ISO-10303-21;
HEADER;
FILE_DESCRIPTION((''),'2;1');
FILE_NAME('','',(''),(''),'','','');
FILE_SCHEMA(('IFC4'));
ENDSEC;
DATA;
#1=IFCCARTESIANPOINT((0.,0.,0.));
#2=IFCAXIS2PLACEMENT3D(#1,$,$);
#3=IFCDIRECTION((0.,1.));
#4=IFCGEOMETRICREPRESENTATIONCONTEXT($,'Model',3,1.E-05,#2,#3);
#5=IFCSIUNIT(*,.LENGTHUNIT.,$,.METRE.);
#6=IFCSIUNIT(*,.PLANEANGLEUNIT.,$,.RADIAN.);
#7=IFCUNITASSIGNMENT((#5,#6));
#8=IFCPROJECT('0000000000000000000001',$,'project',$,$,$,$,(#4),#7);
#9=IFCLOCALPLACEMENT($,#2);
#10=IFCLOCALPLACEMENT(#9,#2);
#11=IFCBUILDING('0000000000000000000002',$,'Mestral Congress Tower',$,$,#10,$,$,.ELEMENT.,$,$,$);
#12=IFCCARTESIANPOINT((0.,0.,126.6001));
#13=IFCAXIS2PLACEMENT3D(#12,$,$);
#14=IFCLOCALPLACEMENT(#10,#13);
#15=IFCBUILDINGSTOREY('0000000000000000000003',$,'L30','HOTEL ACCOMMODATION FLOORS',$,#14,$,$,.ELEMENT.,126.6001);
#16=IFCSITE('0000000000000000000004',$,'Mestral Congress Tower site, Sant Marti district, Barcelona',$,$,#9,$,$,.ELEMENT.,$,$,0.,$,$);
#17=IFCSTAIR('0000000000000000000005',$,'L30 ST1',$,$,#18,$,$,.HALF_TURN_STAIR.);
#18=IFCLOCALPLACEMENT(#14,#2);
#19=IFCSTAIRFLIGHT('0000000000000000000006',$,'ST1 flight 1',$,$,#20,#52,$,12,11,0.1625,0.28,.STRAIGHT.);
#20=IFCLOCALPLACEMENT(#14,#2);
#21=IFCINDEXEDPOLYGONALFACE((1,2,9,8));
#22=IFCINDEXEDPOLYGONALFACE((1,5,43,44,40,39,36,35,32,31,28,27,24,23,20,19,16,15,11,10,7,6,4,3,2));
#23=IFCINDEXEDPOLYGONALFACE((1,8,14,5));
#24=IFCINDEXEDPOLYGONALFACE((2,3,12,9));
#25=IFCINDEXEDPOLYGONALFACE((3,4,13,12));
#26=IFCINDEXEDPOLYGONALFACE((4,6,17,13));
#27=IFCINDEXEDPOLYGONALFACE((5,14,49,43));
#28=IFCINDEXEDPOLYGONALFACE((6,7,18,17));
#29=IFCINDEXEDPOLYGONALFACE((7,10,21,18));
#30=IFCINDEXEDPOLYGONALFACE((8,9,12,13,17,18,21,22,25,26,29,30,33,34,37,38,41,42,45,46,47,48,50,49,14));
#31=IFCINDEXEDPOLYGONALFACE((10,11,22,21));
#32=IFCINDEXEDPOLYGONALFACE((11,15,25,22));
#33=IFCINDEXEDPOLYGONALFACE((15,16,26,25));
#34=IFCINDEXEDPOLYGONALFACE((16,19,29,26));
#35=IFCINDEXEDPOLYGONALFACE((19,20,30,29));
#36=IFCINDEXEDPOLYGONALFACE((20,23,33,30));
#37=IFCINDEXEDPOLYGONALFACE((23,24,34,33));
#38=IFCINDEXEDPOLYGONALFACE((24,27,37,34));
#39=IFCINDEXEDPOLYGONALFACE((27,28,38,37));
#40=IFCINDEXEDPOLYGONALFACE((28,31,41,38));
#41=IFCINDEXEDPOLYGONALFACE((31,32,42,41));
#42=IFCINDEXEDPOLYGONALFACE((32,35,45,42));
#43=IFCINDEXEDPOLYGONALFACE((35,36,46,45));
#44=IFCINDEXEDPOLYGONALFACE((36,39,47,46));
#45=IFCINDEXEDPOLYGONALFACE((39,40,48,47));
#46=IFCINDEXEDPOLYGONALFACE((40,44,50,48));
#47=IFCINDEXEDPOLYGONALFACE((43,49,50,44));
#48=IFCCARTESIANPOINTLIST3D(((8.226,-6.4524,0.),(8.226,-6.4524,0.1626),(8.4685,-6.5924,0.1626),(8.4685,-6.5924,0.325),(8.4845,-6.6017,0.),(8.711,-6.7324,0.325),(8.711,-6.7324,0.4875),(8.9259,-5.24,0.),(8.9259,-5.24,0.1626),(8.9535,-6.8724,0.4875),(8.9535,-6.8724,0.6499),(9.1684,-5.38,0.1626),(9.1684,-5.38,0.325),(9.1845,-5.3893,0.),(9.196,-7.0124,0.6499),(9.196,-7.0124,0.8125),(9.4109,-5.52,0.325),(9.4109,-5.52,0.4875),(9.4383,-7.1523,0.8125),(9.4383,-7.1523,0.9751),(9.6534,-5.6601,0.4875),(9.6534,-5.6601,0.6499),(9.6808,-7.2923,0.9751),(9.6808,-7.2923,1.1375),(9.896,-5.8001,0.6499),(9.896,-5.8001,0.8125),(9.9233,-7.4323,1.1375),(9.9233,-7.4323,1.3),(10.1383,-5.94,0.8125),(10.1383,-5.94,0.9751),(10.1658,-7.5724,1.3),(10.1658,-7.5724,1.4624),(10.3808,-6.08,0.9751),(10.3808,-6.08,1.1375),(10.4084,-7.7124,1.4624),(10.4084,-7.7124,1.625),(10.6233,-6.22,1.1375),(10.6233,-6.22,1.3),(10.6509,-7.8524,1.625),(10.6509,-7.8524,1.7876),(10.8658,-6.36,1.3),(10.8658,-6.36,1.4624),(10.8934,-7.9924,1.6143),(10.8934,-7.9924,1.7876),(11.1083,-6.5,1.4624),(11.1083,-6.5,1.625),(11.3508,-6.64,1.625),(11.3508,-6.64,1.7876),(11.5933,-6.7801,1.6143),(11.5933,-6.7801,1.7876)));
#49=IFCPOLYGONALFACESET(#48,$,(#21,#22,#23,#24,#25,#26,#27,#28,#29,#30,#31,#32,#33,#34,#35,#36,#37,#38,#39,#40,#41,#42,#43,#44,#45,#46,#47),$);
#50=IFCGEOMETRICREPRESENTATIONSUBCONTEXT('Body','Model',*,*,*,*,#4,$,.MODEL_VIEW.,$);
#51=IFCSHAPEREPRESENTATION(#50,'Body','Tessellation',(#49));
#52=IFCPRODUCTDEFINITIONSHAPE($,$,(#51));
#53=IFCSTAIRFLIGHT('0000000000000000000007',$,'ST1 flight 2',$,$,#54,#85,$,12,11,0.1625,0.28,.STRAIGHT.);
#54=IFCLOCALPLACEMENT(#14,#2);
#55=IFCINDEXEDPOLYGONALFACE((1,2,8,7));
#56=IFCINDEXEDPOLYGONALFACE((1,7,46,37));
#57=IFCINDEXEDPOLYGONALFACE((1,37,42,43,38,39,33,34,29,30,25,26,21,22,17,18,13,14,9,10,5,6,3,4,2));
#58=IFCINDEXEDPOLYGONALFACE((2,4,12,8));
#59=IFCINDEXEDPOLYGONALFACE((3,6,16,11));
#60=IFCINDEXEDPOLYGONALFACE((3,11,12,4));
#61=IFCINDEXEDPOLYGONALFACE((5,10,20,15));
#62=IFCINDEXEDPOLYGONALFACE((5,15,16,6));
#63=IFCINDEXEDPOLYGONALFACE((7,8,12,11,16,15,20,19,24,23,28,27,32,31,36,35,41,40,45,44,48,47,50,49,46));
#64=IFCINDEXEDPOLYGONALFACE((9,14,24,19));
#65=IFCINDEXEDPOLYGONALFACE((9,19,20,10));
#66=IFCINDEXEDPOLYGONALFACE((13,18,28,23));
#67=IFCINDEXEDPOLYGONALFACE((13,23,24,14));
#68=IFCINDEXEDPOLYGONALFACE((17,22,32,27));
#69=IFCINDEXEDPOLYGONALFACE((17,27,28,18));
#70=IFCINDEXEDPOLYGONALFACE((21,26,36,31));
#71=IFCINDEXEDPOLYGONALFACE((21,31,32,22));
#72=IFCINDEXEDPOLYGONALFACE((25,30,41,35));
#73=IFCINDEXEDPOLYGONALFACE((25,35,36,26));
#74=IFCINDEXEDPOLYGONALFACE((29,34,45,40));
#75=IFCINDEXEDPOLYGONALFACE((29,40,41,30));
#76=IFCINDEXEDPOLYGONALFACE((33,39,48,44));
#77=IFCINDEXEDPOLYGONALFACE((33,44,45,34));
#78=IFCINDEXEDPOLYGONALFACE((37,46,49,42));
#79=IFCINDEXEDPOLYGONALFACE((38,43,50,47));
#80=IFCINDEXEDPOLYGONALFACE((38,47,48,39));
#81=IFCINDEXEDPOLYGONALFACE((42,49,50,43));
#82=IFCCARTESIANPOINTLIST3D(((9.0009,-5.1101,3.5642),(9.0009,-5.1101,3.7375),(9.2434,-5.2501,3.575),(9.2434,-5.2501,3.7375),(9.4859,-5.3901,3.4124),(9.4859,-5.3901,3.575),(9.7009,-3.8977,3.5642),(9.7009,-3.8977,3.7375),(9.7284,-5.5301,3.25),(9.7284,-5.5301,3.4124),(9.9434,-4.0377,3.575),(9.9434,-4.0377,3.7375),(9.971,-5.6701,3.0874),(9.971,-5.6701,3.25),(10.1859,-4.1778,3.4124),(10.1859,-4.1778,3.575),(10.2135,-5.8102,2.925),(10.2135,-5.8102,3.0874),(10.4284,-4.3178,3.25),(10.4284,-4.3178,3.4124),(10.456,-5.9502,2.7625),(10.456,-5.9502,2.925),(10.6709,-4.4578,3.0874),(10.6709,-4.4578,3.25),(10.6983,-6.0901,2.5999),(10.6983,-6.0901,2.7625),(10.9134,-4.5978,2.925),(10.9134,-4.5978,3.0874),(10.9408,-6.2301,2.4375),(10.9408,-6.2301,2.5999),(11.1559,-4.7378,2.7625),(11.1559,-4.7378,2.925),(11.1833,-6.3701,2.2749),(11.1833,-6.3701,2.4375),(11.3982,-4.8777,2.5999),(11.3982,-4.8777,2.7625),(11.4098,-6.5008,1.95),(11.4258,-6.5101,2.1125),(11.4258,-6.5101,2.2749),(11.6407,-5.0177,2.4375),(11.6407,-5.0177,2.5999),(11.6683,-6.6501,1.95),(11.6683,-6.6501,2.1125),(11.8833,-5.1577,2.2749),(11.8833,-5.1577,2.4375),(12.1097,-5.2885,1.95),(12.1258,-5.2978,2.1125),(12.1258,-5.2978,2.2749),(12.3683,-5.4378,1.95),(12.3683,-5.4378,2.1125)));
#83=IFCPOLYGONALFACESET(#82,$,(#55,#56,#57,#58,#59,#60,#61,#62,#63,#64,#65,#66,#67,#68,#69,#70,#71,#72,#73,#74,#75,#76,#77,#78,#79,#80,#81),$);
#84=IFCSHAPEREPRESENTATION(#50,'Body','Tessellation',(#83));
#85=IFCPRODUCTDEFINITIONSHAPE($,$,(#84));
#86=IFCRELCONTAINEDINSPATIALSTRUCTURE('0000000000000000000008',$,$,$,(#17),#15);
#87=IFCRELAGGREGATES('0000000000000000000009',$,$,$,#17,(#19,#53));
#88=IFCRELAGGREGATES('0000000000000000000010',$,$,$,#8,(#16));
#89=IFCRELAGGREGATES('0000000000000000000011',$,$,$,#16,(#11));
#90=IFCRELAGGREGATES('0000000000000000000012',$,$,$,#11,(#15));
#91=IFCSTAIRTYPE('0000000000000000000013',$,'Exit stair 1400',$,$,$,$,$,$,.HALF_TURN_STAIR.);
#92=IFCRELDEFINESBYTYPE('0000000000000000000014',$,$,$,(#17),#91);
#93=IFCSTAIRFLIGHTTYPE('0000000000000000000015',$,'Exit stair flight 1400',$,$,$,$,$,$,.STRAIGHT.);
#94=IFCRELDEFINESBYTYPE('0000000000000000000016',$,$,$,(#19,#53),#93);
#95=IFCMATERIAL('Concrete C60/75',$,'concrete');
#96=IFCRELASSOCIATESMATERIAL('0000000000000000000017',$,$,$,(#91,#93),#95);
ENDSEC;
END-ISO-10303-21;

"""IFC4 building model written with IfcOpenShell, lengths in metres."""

from ifc_helpers import new_model, si_unit, direction, frame, origin, place, context, subcontext, project, spatial, polyline, outline, extrude, material, type_object, element, aggregate, save


model = new_model("IFC4")

# Units and contexts
model_context = context("Model", 3, precision=1e-05, world=origin(), true_north=direction((0.0, 1.0)))
body_context = subcontext(model_context, "Body", "Model", "MODEL_VIEW")
ifc_project = project(units=[si_unit("LENGTHUNIT", "METRE"), si_unit("PLANEANGLEUNIT", "RADIAN")], contexts=[model_context])

# Site, building, storey
site_placement = place(None, origin())
site = spatial("IfcSite", under=ifc_project, at=site_placement, Name="Mestral Congress Tower site, Sant Marti district, Barcelona", CompositionType="ELEMENT", RefElevation=0.0)
building_placement = place(site_placement, origin())
building = spatial("IfcBuilding", under=site, at=building_placement, Name="Mestral Congress Tower", CompositionType="ELEMENT")
storey_placement = place(building_placement, frame((0.0, 0.0, 126.6001)))
storey = spatial("IfcBuildingStorey", under=building, at=storey_placement, Name="L30", Description="HOTEL ACCOMMODATION FLOORS", CompositionType="ELEMENT", Elevation=126.6001)

# Shared definitions
ifc_material_1 = material(Name="Concrete C60/75", Category="concrete")

# Stair, stair flights
stair_type = type_object("IfcStairType", Name="Exit stair 1400", PredefinedType="HALF_TURN_STAIR", material=ifc_material_1)
stair_placement = place(storey_placement, origin())
stair = element("IfcStair", 1, at=stair_placement, inside=storey, type_object=stair_type, Name="L30 ST1", PredefinedType="HALF_TURN_STAIR")
stair_flight_type = type_object("IfcStairFlightType", Name="Exit stair flight 1400", PredefinedType="STRAIGHT", material=ifc_material_1)
stair_flight_1_placement = place(storey_placement, frame((8.5759, -5.8462, 0.0), z_axis=(0.0, 0.0, 1.0), x_axis=(0.866025, -0.5, 0.0)))
stair_flight_1 = element("IfcStairFlight", 2, at=stair_flight_1_placement, type_object=stair_flight_type, Name="ST1 flight 1", NumberOfRisers=12, NumberOfTreads=11, PredefinedType="STRAIGHT", RiserHeight=0.1625, TreadLength=0.28, context=body_context, shape_type="SweptSolid", body=[
    extrude(outline(polyline([(0.0, 0.0), (0.0, 0.1626), (0.28, 0.1626), (0.28, 0.325), (0.5601, 0.325), (0.5601, 0.4875), (0.8401, 0.4875), (0.8401, 0.6499), (1.1201, 0.6499), (1.1201, 0.8125), (1.3999, 0.8125), (1.3999, 0.9751), (1.6799, 0.9751), (1.6799, 1.1375), (1.96, 1.1375), (1.96, 1.3), (2.24, 1.3), (2.24, 1.4624), (2.52, 1.4624), (2.52, 1.625), (2.8, 1.625), (2.8, 1.7876), (3.0801, 1.7876), (3.0801, 1.95), (3.0801, 1.6143), (0.2986, 0.0), (0.0, 0.0)])), frame((0.0, 0.7, 0.0), z_axis=(0.0, -1.0, 0.0), x_axis=(1.0, 0.0, 0.0)), (0.0, 0.0, 1.0), 1.3999),
])
stair_flight_2_placement = place(storey_placement, frame((12.0183, -6.0439, 1.95), z_axis=(0.0, 0.0, 1.0), x_axis=(-0.866025, 0.5, 0.0)))
stair_flight_2 = element("IfcStairFlight", 3, at=stair_flight_2_placement, type_object=stair_flight_type, Name="ST1 flight 2", NumberOfRisers=12, NumberOfTreads=11, PredefinedType="STRAIGHT", RiserHeight=0.1625, TreadLength=0.28, context=body_context, shape_type="SweptSolid", body=[
    extrude(outline(polyline([(0.0, 0.0), (0.0, 0.1626), (0.28, 0.1626), (0.28, 0.325), (0.5601, 0.325), (0.5601, 0.4875), (0.8401, 0.4875), (0.8401, 0.6499), (1.1201, 0.6499), (1.1201, 0.8125), (1.3999, 0.8125), (1.3999, 0.9751), (1.6799, 0.9751), (1.6799, 1.1375), (1.96, 1.1375), (1.96, 1.3), (2.24, 1.3), (2.24, 1.4624), (2.52, 1.4624), (2.52, 1.625), (2.8, 1.625), (2.8, 1.7876), (3.0801, 1.7876), (3.0801, 1.95), (3.0801, 1.6143), (0.2986, 0.0), (0.0, 0.0)])), frame((0.0, 0.7, 0.0), z_axis=(0.0, -1.0, 0.0), x_axis=(1.0, 0.0, 0.0)), (0.0, 0.0, 1.0), 1.3999),
])
aggregate(stair, [stair_flight_1, stair_flight_2])

save(model, "model.ifc")
